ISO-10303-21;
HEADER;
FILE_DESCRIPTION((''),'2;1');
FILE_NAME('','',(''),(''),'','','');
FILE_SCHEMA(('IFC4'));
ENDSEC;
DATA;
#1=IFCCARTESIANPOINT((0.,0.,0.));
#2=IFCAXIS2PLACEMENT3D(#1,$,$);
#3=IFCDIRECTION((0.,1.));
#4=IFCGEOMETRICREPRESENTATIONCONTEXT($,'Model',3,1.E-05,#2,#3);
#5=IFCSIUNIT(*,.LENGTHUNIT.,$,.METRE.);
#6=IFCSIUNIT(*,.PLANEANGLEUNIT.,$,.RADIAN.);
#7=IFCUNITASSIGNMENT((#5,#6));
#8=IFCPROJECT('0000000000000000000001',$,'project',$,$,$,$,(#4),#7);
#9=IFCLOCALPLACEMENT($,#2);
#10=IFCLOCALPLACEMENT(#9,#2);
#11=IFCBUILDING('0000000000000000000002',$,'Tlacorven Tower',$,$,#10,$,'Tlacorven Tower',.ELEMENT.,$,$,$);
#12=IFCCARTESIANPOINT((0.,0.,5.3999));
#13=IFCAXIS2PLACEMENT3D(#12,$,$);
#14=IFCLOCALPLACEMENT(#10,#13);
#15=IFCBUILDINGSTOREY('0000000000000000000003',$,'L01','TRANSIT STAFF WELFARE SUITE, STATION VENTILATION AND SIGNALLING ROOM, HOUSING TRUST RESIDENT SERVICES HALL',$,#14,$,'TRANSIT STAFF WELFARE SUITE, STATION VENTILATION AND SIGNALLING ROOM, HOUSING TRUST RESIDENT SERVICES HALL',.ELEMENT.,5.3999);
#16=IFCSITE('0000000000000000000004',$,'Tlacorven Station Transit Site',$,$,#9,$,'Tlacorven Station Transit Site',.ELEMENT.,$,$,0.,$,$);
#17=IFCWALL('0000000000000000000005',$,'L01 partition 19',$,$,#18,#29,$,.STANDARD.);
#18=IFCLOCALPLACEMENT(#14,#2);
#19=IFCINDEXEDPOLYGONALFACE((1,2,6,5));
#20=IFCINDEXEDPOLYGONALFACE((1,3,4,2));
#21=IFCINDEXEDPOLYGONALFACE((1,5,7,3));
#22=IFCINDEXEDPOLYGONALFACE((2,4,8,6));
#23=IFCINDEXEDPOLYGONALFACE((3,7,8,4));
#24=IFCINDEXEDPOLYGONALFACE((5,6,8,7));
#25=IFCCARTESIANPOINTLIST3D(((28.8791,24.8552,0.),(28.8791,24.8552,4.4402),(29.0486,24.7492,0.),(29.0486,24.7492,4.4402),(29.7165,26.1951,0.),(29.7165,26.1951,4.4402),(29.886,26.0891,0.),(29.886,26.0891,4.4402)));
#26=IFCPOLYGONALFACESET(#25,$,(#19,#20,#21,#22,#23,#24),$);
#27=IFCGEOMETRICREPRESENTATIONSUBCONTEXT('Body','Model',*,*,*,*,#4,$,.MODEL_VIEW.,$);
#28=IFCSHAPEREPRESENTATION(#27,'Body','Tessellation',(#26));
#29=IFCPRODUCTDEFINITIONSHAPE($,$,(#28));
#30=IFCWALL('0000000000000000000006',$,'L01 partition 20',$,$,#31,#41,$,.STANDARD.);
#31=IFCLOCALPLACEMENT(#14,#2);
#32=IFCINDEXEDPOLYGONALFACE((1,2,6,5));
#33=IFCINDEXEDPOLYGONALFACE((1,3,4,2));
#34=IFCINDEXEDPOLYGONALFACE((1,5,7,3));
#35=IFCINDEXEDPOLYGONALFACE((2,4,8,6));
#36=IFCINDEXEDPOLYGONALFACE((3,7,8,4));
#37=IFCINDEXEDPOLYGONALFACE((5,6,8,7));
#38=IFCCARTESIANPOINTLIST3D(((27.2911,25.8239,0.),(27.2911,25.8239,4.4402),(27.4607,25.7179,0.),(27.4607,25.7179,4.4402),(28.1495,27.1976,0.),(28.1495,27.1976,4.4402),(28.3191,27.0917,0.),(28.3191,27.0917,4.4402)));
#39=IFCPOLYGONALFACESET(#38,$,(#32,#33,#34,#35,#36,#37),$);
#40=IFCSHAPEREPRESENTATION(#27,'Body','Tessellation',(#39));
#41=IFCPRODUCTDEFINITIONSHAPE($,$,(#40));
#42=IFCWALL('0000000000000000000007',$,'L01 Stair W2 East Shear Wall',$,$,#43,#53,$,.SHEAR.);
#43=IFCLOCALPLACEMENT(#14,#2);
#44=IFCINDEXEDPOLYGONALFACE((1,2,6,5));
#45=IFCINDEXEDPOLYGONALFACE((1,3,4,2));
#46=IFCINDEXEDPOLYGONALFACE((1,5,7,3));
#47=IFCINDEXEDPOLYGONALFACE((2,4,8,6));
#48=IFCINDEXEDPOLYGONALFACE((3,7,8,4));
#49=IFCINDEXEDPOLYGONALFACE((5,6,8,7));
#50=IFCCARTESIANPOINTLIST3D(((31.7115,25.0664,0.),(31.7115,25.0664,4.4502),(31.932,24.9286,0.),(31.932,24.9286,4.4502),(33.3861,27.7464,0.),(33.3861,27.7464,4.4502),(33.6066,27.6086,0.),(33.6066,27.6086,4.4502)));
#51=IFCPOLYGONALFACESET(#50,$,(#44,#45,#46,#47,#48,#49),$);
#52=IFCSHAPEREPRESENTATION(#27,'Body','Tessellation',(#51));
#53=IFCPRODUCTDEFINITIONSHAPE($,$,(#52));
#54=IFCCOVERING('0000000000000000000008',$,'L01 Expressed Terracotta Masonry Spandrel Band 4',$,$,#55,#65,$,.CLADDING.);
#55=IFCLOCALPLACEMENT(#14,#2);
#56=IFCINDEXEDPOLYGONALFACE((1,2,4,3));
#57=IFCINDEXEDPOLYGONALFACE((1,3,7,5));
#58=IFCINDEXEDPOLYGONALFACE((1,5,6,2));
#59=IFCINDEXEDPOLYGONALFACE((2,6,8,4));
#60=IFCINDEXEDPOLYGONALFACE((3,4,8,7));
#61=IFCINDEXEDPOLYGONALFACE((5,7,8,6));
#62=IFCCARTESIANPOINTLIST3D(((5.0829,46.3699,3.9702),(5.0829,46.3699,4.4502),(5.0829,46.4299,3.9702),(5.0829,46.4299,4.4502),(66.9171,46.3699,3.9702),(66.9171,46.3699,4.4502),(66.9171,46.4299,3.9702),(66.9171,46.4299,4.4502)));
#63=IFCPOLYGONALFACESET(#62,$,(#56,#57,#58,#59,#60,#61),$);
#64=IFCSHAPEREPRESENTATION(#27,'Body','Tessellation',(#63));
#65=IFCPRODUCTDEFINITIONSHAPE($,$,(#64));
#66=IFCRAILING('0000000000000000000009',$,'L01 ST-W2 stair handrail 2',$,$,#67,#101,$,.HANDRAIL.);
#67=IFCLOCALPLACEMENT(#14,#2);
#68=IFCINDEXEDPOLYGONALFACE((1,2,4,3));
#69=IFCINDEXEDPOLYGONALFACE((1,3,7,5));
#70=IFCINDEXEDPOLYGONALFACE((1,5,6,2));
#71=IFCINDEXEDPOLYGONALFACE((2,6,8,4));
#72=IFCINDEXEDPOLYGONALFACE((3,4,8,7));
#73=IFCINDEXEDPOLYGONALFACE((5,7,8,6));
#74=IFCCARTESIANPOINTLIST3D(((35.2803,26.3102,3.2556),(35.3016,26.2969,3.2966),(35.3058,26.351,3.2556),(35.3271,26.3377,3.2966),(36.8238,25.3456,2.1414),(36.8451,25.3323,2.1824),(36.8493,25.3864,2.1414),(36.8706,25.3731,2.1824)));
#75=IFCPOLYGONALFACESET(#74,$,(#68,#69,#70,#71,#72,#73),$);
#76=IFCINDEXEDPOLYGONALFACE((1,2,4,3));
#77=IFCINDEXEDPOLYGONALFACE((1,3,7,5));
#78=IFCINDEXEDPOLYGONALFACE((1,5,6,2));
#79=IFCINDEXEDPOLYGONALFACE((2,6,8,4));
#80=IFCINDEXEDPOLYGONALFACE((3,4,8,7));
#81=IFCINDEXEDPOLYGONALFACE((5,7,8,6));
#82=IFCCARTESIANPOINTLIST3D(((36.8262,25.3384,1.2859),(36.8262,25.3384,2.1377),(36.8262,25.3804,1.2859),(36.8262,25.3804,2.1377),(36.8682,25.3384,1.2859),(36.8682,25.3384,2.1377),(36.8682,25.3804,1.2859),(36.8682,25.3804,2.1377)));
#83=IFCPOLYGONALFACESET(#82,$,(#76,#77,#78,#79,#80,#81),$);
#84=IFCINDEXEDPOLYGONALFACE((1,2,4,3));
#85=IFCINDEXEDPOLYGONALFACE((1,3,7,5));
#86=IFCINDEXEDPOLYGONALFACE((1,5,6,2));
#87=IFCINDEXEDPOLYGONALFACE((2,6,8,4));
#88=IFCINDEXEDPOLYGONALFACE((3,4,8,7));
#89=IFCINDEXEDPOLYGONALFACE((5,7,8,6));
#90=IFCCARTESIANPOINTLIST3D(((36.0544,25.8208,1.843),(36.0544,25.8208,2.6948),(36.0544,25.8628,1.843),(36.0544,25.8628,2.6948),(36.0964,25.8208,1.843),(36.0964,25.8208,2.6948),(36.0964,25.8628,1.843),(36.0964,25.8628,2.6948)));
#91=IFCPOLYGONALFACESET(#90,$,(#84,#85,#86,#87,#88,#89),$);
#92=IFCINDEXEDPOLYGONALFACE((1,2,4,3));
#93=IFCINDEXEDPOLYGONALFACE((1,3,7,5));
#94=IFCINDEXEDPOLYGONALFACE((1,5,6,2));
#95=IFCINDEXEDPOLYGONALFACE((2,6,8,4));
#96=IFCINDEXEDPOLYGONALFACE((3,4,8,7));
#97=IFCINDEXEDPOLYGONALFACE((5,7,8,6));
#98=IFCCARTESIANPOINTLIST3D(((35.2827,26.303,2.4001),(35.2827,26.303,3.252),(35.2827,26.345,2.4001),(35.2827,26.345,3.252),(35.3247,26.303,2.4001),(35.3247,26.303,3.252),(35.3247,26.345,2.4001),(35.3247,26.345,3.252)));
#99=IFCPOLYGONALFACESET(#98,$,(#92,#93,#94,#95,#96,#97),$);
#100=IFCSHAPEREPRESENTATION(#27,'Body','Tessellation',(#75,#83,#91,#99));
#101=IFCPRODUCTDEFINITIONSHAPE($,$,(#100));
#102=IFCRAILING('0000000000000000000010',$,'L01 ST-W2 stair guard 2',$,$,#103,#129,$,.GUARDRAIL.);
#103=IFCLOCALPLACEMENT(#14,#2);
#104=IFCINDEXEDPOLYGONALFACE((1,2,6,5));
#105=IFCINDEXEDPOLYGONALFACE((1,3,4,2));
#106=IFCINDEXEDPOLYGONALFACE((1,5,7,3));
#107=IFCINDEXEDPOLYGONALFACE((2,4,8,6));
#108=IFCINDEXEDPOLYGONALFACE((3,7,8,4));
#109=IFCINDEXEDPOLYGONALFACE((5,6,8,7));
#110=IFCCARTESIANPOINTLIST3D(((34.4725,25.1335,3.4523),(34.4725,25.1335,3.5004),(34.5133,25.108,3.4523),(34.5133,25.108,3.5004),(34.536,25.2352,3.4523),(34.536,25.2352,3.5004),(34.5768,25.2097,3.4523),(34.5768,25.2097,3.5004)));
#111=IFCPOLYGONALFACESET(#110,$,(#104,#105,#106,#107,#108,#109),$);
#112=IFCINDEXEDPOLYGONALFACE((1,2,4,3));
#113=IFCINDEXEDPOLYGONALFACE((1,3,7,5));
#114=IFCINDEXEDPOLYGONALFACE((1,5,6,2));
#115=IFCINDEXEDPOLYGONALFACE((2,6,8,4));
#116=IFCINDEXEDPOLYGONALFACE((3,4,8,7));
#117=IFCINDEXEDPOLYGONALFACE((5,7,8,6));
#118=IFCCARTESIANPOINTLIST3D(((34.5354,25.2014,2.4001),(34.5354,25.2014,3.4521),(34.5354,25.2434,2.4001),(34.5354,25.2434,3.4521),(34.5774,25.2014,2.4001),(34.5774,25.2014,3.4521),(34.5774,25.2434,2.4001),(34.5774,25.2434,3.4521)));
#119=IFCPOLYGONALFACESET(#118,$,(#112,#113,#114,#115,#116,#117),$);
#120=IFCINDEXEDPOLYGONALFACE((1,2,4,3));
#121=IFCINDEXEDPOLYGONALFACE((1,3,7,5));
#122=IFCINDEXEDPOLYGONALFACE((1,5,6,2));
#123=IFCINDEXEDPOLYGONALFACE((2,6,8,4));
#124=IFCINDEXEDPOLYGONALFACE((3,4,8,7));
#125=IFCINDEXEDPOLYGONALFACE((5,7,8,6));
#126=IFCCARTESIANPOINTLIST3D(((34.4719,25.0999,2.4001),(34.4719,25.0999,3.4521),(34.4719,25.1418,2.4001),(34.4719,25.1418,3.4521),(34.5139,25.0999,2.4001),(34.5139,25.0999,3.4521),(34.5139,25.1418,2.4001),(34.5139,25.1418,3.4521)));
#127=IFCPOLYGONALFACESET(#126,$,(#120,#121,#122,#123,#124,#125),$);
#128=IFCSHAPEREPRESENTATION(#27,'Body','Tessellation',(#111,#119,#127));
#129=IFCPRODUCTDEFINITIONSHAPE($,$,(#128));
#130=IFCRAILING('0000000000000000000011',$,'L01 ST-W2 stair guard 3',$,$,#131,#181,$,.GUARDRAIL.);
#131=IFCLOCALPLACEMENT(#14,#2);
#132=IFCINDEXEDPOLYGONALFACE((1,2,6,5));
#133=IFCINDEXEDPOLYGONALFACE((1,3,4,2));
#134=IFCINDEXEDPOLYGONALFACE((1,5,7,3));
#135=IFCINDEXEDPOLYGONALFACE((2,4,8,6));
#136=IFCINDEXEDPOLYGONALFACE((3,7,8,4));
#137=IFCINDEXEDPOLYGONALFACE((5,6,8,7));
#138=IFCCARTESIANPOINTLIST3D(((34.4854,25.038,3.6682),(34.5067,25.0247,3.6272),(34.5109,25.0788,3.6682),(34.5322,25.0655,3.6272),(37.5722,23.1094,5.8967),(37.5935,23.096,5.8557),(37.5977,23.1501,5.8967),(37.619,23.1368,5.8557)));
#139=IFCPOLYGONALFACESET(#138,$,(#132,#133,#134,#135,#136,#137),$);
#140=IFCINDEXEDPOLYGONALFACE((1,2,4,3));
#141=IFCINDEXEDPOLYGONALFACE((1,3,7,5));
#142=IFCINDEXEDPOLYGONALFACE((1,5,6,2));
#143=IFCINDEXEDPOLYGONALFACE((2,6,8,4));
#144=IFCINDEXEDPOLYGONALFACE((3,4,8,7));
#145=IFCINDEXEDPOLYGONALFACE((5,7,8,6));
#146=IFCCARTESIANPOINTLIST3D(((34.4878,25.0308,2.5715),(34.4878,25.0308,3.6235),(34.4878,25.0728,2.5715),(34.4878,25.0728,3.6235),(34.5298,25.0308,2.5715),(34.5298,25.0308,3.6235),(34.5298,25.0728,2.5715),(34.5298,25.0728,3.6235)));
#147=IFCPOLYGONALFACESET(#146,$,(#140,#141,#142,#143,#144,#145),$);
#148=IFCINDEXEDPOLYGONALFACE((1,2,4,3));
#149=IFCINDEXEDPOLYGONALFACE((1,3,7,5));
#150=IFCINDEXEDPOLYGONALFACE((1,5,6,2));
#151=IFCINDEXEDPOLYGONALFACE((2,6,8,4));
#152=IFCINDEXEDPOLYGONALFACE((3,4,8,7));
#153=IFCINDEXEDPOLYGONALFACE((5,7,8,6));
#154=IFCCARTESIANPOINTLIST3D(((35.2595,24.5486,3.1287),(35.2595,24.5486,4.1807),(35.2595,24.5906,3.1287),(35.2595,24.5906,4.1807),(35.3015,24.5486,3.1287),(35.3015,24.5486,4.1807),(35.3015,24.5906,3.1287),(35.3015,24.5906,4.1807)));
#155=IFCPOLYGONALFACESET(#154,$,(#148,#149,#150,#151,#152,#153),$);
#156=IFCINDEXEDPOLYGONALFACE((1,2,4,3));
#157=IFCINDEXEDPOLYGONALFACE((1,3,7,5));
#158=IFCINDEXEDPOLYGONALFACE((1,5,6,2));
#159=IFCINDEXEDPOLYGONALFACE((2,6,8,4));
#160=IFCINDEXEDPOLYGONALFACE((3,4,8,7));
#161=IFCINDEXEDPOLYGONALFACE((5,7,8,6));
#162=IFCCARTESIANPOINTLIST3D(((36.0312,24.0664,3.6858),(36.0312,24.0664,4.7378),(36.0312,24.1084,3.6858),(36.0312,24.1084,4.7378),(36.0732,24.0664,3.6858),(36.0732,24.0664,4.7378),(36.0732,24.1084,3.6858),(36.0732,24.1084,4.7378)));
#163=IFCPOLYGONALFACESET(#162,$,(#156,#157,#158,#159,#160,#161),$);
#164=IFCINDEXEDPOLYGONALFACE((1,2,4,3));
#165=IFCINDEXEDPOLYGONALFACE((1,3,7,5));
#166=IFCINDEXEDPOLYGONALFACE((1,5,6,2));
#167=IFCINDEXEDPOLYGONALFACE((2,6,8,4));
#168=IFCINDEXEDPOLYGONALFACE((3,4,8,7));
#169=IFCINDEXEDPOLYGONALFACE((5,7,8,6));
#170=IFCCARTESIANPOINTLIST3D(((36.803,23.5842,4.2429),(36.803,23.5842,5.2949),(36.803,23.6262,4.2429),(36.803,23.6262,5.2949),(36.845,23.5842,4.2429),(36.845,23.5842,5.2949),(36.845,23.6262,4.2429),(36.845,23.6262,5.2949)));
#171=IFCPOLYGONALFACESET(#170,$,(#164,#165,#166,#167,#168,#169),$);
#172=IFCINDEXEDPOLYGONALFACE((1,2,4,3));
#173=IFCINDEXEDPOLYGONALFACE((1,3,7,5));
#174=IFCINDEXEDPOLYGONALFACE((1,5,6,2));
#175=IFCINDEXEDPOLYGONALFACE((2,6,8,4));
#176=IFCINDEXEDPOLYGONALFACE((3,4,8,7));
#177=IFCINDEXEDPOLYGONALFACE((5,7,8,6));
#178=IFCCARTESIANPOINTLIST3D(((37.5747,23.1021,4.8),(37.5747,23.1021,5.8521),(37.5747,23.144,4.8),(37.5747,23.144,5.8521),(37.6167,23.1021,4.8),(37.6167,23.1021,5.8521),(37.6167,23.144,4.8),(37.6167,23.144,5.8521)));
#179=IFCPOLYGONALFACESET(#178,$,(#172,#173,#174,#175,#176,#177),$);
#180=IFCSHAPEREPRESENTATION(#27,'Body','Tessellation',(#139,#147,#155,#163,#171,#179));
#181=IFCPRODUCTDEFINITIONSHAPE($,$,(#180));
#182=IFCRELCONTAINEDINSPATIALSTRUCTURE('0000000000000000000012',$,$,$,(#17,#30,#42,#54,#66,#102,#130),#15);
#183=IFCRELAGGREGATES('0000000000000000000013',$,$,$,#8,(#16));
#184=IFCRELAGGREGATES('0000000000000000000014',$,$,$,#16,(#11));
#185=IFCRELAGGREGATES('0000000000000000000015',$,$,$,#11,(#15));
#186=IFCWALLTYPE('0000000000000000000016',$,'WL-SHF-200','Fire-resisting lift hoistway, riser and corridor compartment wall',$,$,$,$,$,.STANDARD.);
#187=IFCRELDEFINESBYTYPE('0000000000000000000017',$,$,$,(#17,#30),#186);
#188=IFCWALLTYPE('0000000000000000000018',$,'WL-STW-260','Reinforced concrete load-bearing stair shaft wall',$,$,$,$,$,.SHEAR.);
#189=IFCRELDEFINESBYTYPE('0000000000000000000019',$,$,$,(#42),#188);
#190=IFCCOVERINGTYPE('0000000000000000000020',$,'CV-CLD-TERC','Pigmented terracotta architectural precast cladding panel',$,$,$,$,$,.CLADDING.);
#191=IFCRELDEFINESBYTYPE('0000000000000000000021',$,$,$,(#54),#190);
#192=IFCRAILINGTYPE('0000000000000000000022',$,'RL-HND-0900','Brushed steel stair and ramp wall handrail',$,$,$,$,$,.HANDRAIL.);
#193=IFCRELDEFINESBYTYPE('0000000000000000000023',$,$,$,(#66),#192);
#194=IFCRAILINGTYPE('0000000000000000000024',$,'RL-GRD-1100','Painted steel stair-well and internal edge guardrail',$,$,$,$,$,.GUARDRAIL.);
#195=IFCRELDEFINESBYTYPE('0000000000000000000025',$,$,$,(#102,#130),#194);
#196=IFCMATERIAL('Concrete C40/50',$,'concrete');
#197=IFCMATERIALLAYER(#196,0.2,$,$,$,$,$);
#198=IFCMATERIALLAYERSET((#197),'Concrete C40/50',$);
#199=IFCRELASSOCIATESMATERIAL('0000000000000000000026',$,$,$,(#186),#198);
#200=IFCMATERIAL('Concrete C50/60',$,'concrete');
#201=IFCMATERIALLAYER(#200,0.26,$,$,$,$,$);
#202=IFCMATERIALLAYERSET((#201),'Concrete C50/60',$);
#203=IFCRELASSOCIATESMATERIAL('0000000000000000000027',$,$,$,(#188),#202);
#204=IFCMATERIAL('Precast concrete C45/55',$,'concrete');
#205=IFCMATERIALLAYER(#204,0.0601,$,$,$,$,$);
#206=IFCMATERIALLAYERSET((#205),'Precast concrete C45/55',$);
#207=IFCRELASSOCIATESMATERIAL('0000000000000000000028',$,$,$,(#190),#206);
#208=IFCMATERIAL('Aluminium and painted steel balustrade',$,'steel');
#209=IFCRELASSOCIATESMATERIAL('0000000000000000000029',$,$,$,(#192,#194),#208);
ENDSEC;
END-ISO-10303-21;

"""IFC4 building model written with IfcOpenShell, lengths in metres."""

from ifc_helpers import new_model, si_unit, direction, frame, frame_2d, origin, origin_2d, place, context, subcontext, project, spatial, rectangle, extrude, source, transform, mapped, material, layer, layer_set, type_object, element, save


model = new_model("IFC4")

# Units and contexts
model_context = context("Model", 3, precision=1e-05, world=origin(), true_north=direction((0.0, 1.0)))
body_context = subcontext(model_context, "Body", "Model", "MODEL_VIEW")
ifc_project = project(units=[si_unit("LENGTHUNIT", "METRE"), si_unit("PLANEANGLEUNIT", "RADIAN")], contexts=[model_context])

# Site, building, storey
site_placement = place(None, origin())
site = spatial("IfcSite", under=ifc_project, at=site_placement, Name="Tlacorven Station Transit Site", LongName="Tlacorven Station Transit Site", CompositionType="ELEMENT", RefElevation=0.0)
building_placement = place(site_placement, origin())
building = spatial("IfcBuilding", under=site, at=building_placement, Name="Tlacorven Tower", LongName="Tlacorven Tower", CompositionType="ELEMENT")
storey_placement = place(building_placement, frame((0.0, 0.0, 5.3999)))
storey = spatial("IfcBuildingStorey", under=building, at=storey_placement, Name="L01", Description="TRANSIT STAFF WELFARE SUITE, STATION VENTILATION AND SIGNALLING ROOM, HOUSING TRUST RESIDENT SERVICES HALL", LongName="TRANSIT STAFF WELFARE SUITE, STATION VENTILATION AND SIGNALLING ROOM, HOUSING TRUST RESIDENT SERVICES HALL", CompositionType="ELEMENT", Elevation=5.3999)

# Walls
ifc_material_1 = material(Name="Concrete C40/50", Category="concrete")
ifc_layer_1 = layer(ifc_material_1, 0.2)
ifc_layer_set_1 = layer_set([ifc_layer_1], Name="Concrete C40/50")
wall_type_1 = type_object("IfcWallType", Name="WL-SHF-200", Description="Fire-resisting lift hoistway, riser and corridor compartment wall", PredefinedType="STANDARD", material=ifc_layer_set_1)
for number, where, z_axis, x_axis, name in (
    (1, (29.8013, 26.1421, 0.0), (0.0, 0.0, 1.0), (-0.529999, -0.847998, 0.0), "L01 partition 19"),
):
    element("IfcWall", number, at=place(storey_placement, frame(where, z_axis=z_axis, x_axis=x_axis)), inside=storey, type_object=wall_type_1, Name=name, PredefinedType="STANDARD", context=body_context, shape_type="SweptSolid", body=[
        extrude(rectangle(XDim=1.5801, YDim=0.2, at=frame_2d((0.79, 0.0))), origin(), (0.0, 0.0, 1.0), 4.4402),
    ])
wall_1_placement = place(storey_placement, frame((28.2344, 27.1448, 0.0), z_axis=(0.0, 0.0, 1.0), x_axis=(-0.529904, -0.848058, 0.0)))
element("IfcWall", 2, at=wall_1_placement, inside=storey, type_object=wall_type_1, Name="L01 partition 20", PredefinedType="STANDARD", context=body_context, shape_type="SweptSolid", body=[
    extrude(rectangle(XDim=1.6199, YDim=0.2, at=frame_2d((0.8101, 0.0))), origin(), (0.0, 0.0, 1.0), 4.4402),
])
ifc_material_2 = material(Name="Concrete C50/60", Category="concrete")
ifc_layer_2 = layer(ifc_material_2, 0.26)
ifc_layer_set_2 = layer_set([ifc_layer_2], Name="Concrete C50/60")
wall_type_2 = type_object("IfcWallType", Name="WL-STW-260", Description="Reinforced concrete load-bearing stair shaft wall", PredefinedType="SHEAR", material=ifc_layer_set_2)
wall_2_placement = place(storey_placement, frame((33.4963, 27.6775, 0.0), z_axis=(0.0, 0.0, 1.0), x_axis=(-0.529909, -0.848055, 0.0)))
element("IfcWall", 3, at=wall_2_placement, inside=storey, type_object=wall_type_2, Name="L01 Stair W2 East Shear Wall", PredefinedType="SHEAR", context=body_context, shape_type="SweptSolid", body=[
    extrude(rectangle(XDim=3.1602, YDim=0.26, at=frame_2d((1.5801, 0.0))), origin(), (0.0, 0.0, 1.0), 4.4502),
])

# Covering
ifc_material_3 = material(Name="Precast concrete C45/55", Category="concrete")
ifc_layer_3 = layer(ifc_material_3, 0.0601)
ifc_layer_set_3 = layer_set([ifc_layer_3], Name="Precast concrete C45/55")
covering_type = type_object("IfcCoveringType", Name="CV-CLD-TERC", Description="Pigmented terracotta architectural precast cladding panel", PredefinedType="CLADDING", material=ifc_layer_set_3)
shared_shape_1 = source(origin(), body_context, "Body", "SweptSolid", [
    extrude(rectangle(XDim=61.8342, YDim=0.0601, at=origin_2d()), origin(), (0.0, 0.0, 1.0), 0.48),
])
covering_placement = place(storey_placement, frame((36.0, 46.3999, 3.9702), z_axis=(0.0, 0.0, 1.0), x_axis=(1.0, 0.0, 0.0)))
element("IfcCovering", 4, at=covering_placement, inside=storey, type_object=covering_type, Name="L01 Expressed Terracotta Masonry Spandrel Band 4", PredefinedType="CLADDING", context=body_context, shape_type="MappedRepresentation", body=[
    mapped(shared_shape_1, transform((0.0, 0.0, 0.0), scale=1.0)),
])

# Railings
ifc_material_4 = material(Name="Aluminium and painted steel balustrade", Category="steel")
railing_type_1 = type_object("IfcRailingType", Name="RL-HND-0900", Description="Brushed steel stair and ramp wall handrail", PredefinedType="HANDRAIL", material=ifc_material_4)
shared_shape_2 = source(origin(), body_context, "Body", "SweptSolid", [
    extrude(rectangle(XDim=0.0481, YDim=0.0481, at=origin_2d()), frame((0.0, 0.0, 0.876), z_axis=(-0.723244, 0.451999, 0.522126), x_axis=(-0.529975, -0.848013, 0.0)), (0.0, 0.0, 1.0), 2.134),
    extrude(rectangle(XDim=0.042, YDim=0.042, at=origin_2d()), origin(), (0.0, 0.0, 1.0), 0.8518),
    extrude(rectangle(XDim=0.042, YDim=0.042, at=origin_2d()), frame((-0.7717, 0.4824, 0.5571)), (0.0, 0.0, 1.0), 0.8518),
    extrude(rectangle(XDim=0.042, YDim=0.042, at=origin_2d()), frame((-1.5435, 0.9646, 1.1143)), (0.0, 0.0, 1.0), 0.8518),
])
railing_1_placement = place(storey_placement, frame((36.8472, 25.3594, 1.2859)))
element("IfcRailing", 5, at=railing_1_placement, inside=storey, type_object=railing_type_1, Name="L01 ST-W2 stair handrail 2", PredefinedType="HANDRAIL", context=body_context, shape_type="MappedRepresentation", body=[
    mapped(shared_shape_2, transform((0.0, 0.0, 0.0), scale=1.0)),
])
railing_type_2 = type_object("IfcRailingType", Name="RL-GRD-1100", Description="Painted steel stair-well and internal edge guardrail", PredefinedType="GUARDRAIL", material=ifc_material_4)
shared_shape_3 = source(origin(), body_context, "Body", "SweptSolid", [
    extrude(rectangle(XDim=0.0481, YDim=0.0481, at=origin_2d()), frame((0.0, 0.0, 1.0762), z_axis=(-0.529999, -0.847998, 0.0), x_axis=(0.847998, -0.529999, 0.0)), (0.0, 0.0, 1.0), 0.1199),
    extrude(rectangle(XDim=0.042, YDim=0.042, at=origin_2d()), origin(), (0.0, 0.0, 1.0), 1.052),
    extrude(rectangle(XDim=0.042, YDim=0.042, at=origin_2d()), frame((-0.0635, -0.1016, 0.0)), (0.0, 0.0, 1.0), 1.052),
])
railing_2_placement = place(storey_placement, frame((34.5564, 25.2224, 2.4001)))
element("IfcRailing", 6, at=railing_2_placement, inside=storey, type_object=railing_type_2, Name="L01 ST-W2 stair guard 2", PredefinedType="GUARDRAIL", context=body_context, shape_type="MappedRepresentation", body=[
    mapped(shared_shape_3, transform((0.0, 0.0, 0.0), scale=1.0)),
])
shared_shape_4 = source(origin(), body_context, "Body", "SweptSolid", [
    extrude(rectangle(XDim=0.0481, YDim=0.0481, at=origin_2d()), frame((0.0, 0.0, 1.0762), z_axis=(0.723281, -0.451908, 0.522153), x_axis=(0.529878, 0.848074, 0.0)), (0.0, 0.0, 1.0), 4.2678),
    extrude(rectangle(XDim=0.042, YDim=0.042, at=origin_2d()), origin(), (0.0, 0.0, 1.0), 1.052),
    extrude(rectangle(XDim=0.042, YDim=0.042, at=origin_2d()), frame((0.7717, -0.4822, 0.5571)), (0.0, 0.0, 1.0), 1.052),
    extrude(rectangle(XDim=0.042, YDim=0.042, at=origin_2d()), frame((1.5435, -0.9644, 1.1143)), (0.0, 0.0, 1.0), 1.052),
    extrude(rectangle(XDim=0.042, YDim=0.042, at=origin_2d()), frame((2.3152, -1.4465, 1.6714)), (0.0, 0.0, 1.0), 1.052),
    extrude(rectangle(XDim=0.042, YDim=0.042, at=origin_2d()), frame((3.0869, -1.9287, 2.2285)), (0.0, 0.0, 1.0), 1.052),
])
railing_3_placement = place(storey_placement, frame((34.5088, 25.0518, 2.5715)))
element("IfcRailing", 7, at=railing_3_placement, inside=storey, type_object=railing_type_2, Name="L01 ST-W2 stair guard 3", PredefinedType="GUARDRAIL", context=body_context, shape_type="MappedRepresentation", body=[
    mapped(shared_shape_4, transform((0.0, 0.0, 0.0), scale=1.0)),
])

save(model, "model.ifc")
